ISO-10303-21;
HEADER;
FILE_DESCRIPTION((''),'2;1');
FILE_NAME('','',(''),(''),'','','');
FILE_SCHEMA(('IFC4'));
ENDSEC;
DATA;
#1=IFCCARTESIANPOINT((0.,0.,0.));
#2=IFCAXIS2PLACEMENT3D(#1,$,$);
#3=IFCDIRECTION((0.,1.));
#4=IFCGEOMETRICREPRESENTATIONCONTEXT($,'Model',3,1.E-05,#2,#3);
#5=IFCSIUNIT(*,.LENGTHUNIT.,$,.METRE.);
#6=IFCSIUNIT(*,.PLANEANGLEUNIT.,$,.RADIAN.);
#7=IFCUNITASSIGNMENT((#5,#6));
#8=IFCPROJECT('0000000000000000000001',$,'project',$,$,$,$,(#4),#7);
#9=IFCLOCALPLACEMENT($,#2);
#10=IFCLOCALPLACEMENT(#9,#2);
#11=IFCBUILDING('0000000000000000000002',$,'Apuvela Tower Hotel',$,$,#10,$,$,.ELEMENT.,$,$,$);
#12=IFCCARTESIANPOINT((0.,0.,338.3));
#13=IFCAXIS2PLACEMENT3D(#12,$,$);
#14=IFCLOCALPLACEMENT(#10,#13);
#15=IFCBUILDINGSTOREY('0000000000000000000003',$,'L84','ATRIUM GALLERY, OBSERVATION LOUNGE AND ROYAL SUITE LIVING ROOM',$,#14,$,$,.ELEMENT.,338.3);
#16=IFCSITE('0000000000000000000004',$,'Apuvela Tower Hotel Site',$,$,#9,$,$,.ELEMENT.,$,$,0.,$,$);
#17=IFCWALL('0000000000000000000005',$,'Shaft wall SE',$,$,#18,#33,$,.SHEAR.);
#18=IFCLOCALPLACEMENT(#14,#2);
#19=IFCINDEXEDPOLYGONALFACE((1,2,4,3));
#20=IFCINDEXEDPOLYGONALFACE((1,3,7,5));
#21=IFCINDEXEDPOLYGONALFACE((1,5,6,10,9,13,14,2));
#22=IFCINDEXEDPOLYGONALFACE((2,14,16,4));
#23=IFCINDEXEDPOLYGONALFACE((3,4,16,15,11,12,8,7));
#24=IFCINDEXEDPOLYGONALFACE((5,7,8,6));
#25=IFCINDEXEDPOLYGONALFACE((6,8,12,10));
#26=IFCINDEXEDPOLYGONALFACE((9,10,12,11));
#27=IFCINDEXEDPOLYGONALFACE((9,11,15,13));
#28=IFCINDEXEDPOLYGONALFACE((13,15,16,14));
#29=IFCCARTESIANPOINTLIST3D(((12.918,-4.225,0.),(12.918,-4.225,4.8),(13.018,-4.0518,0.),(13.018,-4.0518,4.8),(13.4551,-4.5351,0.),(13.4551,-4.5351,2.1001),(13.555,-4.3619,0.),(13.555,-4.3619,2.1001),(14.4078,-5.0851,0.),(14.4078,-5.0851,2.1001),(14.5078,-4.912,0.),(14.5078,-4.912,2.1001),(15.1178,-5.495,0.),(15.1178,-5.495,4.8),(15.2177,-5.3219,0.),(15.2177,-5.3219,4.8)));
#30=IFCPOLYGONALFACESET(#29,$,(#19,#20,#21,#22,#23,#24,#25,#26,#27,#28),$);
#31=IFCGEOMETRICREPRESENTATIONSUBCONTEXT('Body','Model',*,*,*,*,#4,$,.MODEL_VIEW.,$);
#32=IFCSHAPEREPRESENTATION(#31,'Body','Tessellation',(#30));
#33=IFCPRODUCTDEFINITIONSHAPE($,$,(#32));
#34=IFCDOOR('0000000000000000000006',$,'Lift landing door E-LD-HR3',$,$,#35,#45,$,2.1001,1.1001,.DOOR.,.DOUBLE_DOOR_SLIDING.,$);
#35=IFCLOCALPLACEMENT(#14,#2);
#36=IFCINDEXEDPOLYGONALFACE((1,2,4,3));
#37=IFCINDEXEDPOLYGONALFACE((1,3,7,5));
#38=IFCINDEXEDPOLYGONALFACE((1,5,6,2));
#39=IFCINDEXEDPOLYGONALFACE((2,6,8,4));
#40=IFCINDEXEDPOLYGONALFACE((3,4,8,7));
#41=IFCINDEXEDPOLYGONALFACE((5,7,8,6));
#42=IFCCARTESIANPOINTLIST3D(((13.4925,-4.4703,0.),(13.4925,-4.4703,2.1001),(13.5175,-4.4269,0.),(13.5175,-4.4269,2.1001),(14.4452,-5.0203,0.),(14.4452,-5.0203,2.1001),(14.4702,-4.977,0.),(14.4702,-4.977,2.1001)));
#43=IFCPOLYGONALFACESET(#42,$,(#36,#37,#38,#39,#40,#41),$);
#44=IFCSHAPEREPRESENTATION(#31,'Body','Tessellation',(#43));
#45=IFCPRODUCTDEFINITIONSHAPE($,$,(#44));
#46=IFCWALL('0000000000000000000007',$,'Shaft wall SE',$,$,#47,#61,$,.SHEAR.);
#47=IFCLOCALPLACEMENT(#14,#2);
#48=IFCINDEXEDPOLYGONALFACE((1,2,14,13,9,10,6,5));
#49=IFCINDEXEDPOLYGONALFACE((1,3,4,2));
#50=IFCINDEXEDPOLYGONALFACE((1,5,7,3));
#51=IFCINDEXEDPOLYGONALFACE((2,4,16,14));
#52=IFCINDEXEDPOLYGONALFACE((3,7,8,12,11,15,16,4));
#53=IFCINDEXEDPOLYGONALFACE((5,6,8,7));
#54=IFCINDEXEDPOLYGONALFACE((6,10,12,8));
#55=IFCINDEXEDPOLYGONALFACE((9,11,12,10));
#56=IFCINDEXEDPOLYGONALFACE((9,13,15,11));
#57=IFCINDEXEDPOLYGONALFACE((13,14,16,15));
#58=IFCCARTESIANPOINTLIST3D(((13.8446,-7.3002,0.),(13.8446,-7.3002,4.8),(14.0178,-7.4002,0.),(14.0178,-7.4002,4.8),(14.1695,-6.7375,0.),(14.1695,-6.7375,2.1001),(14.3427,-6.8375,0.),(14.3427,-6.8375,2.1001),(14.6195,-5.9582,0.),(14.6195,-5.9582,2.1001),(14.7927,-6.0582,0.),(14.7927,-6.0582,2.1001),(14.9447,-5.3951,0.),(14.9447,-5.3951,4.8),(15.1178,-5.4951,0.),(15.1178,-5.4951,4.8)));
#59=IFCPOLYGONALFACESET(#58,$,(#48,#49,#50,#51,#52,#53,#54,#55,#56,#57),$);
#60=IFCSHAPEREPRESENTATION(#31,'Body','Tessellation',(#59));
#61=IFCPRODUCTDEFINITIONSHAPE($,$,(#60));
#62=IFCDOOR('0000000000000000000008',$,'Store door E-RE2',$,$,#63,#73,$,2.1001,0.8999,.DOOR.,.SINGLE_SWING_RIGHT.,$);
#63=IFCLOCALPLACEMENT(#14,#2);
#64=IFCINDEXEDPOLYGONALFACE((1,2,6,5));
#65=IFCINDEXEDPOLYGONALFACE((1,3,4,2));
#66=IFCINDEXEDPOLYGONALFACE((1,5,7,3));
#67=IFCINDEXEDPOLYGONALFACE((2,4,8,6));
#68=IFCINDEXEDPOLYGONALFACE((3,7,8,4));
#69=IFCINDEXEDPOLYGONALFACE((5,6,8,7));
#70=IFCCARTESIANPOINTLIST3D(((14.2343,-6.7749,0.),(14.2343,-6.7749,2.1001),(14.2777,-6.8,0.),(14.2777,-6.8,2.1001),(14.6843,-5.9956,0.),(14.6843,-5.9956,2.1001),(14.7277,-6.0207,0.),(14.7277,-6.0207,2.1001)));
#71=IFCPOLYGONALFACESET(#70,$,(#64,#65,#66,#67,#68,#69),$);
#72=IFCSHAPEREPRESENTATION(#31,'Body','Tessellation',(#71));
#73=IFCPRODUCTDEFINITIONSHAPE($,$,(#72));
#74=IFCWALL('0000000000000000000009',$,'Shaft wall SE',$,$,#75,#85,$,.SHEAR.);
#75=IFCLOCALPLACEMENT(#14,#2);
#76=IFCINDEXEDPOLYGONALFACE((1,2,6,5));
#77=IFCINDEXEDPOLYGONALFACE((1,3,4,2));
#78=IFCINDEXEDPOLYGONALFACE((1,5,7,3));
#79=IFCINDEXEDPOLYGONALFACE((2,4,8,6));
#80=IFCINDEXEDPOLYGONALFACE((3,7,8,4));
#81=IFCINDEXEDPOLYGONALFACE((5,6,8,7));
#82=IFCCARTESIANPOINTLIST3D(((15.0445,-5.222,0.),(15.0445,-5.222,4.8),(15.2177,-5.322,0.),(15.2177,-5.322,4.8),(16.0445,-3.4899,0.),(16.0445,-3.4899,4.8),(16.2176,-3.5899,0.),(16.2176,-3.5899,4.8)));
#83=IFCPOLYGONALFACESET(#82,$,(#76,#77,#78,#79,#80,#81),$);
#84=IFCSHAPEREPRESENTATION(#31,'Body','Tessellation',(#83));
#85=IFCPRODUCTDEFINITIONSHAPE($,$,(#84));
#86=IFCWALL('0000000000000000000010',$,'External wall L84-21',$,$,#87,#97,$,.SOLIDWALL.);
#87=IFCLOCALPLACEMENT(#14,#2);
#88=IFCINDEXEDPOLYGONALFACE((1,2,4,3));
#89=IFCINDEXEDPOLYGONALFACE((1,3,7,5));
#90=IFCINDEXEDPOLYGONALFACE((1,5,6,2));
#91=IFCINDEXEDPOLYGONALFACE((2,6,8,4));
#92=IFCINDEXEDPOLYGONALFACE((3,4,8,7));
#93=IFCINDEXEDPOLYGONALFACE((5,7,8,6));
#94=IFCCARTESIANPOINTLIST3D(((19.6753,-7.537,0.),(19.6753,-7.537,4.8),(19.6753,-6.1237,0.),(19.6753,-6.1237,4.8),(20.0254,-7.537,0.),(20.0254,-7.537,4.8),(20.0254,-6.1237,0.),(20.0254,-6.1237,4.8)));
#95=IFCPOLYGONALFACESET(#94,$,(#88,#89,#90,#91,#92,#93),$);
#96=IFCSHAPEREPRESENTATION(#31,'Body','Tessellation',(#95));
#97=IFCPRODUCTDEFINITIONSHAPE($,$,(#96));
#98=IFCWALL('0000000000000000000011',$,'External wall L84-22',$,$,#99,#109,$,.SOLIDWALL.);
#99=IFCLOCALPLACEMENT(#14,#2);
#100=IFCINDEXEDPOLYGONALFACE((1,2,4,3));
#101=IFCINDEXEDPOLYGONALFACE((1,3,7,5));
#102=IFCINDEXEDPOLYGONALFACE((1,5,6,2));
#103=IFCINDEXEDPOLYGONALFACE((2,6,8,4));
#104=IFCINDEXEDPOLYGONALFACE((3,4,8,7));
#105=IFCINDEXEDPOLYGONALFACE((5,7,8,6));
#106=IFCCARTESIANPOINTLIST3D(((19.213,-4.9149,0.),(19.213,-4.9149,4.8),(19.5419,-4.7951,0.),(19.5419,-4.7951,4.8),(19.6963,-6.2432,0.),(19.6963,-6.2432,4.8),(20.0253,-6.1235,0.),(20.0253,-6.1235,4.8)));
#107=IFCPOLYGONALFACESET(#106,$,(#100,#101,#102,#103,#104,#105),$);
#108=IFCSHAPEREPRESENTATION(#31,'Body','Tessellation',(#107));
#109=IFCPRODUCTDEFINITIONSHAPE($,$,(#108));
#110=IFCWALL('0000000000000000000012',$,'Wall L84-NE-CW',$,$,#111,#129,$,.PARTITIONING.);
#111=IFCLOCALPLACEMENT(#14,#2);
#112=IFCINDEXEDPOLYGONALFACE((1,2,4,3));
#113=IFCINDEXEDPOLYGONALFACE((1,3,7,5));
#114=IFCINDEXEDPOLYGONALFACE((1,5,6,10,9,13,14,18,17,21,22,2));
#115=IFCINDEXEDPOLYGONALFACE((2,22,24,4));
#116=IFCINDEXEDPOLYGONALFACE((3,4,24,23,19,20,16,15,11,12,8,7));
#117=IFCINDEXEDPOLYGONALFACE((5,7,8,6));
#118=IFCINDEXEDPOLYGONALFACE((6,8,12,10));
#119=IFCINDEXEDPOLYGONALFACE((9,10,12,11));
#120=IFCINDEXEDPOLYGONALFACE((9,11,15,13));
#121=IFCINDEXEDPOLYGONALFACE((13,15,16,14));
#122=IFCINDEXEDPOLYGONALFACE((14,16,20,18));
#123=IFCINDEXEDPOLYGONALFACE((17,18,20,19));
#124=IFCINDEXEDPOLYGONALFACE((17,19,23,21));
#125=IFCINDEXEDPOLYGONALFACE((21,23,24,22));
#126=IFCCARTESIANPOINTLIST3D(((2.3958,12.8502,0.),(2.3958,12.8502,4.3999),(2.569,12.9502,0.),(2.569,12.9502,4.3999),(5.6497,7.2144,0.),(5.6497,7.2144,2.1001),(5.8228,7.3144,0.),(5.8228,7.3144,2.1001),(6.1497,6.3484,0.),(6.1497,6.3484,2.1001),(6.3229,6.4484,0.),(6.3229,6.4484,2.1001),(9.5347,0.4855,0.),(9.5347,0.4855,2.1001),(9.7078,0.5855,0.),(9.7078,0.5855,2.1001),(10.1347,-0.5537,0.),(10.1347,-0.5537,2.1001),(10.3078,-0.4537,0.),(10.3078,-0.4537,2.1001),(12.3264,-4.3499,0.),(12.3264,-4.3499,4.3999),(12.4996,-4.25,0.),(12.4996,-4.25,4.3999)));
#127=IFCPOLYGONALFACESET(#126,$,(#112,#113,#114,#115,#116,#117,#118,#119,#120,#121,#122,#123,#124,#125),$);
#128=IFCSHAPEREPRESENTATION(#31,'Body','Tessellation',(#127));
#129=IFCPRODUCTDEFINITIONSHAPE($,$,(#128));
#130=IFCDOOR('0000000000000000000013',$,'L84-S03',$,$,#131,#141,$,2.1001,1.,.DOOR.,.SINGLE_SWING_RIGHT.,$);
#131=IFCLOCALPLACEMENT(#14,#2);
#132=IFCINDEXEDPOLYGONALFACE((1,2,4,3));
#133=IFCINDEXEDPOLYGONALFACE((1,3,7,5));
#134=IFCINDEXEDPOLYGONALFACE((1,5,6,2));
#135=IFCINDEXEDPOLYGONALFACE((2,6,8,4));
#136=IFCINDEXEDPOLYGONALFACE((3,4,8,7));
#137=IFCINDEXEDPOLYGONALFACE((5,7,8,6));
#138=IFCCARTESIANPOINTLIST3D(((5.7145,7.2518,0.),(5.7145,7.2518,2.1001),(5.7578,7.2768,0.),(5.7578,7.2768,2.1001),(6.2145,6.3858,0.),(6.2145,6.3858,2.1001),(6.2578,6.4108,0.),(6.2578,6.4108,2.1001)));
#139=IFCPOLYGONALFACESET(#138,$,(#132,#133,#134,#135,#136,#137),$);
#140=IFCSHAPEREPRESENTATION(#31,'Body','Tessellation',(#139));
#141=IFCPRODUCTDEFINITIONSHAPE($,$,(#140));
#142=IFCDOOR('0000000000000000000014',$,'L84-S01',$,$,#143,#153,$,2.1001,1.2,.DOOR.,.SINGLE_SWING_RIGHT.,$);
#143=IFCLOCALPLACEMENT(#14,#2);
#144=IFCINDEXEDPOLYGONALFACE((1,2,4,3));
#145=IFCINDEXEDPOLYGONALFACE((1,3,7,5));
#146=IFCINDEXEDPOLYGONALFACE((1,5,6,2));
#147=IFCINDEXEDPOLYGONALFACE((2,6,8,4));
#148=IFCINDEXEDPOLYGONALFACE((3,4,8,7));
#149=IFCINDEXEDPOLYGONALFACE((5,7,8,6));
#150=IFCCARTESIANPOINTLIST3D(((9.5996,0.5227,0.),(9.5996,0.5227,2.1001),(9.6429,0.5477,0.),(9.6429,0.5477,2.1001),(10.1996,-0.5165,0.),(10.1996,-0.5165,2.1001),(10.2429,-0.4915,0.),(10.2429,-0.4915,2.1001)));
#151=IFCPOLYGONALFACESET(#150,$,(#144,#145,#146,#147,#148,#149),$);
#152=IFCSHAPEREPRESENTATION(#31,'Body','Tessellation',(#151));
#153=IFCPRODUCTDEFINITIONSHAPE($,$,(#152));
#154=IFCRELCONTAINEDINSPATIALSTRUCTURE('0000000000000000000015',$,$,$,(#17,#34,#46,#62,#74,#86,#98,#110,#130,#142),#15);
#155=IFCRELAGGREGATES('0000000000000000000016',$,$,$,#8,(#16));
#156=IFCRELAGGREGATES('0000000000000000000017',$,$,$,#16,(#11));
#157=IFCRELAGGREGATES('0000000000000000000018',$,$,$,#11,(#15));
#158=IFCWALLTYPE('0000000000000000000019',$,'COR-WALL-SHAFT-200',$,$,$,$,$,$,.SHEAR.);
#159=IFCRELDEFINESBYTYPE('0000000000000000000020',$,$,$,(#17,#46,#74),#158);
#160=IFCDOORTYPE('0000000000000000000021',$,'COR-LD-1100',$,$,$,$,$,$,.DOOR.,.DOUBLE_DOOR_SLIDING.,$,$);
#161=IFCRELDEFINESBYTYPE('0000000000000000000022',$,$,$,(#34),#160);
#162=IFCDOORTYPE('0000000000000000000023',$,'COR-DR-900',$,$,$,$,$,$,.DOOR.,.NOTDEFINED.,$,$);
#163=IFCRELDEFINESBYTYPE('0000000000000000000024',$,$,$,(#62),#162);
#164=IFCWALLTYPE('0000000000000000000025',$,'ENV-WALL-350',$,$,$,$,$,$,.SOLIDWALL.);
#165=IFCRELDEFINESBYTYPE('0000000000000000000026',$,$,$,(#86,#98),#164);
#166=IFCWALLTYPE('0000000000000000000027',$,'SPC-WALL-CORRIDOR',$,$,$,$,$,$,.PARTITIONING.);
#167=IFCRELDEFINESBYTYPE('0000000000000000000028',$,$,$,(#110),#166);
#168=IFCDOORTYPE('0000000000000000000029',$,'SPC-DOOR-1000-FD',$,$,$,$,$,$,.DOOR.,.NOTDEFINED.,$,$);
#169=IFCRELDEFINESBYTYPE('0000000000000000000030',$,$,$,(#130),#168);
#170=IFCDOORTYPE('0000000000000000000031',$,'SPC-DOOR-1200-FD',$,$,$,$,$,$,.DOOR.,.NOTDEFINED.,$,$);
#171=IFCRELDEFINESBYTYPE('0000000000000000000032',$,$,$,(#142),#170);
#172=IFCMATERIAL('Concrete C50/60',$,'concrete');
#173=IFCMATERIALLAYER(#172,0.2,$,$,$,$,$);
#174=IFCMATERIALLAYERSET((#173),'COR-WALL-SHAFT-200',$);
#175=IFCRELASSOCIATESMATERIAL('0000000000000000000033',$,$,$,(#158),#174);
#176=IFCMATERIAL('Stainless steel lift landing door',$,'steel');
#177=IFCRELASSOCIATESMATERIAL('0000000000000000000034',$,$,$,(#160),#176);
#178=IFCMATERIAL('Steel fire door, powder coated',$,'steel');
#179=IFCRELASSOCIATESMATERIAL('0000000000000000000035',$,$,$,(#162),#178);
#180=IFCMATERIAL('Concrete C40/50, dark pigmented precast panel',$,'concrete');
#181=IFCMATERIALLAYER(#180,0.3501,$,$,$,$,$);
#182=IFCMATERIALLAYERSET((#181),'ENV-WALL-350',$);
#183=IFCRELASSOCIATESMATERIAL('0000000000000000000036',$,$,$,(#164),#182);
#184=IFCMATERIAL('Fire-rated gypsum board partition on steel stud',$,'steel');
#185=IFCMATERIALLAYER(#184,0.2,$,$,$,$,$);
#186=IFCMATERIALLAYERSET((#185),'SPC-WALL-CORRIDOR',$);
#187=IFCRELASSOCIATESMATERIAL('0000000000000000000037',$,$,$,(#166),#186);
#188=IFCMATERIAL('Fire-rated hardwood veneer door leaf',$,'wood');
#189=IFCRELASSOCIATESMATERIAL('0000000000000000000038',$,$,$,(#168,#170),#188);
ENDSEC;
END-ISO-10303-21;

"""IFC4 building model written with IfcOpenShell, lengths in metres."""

from ifc_helpers import new_model, si_unit, direction, frame, frame_2d, origin, place, context, subcontext, project, spatial, rectangle, extrude, material, layer, layer_set, type_object, element, fill, save


model = new_model("IFC4")

# Units and contexts
model_context = context("Model", 3, precision=1e-05, world=origin(), true_north=direction((0.0, 1.0)))
body_context = subcontext(model_context, "Body", "Model", "MODEL_VIEW")
ifc_project = project(units=[si_unit("LENGTHUNIT", "METRE"), si_unit("PLANEANGLEUNIT", "RADIAN")], contexts=[model_context])

# Site, building, storey
site_placement = place(None, origin())
site = spatial("IfcSite", under=ifc_project, at=site_placement, Name="Apuvela Tower Hotel Site", CompositionType="ELEMENT", RefElevation=0.0)
building_placement = place(site_placement, origin())
building = spatial("IfcBuilding", under=site, at=building_placement, Name="Apuvela Tower Hotel", CompositionType="ELEMENT")
storey_placement = place(building_placement, frame((0.0, 0.0, 338.3)))
storey = spatial("IfcBuildingStorey", under=building, at=storey_placement, Name="L84", Description="ATRIUM GALLERY, OBSERVATION LOUNGE AND ROYAL SUITE LIVING ROOM", CompositionType="ELEMENT", Elevation=338.3)

# Shared definitions
ifc_material_1 = material(Name="Concrete C50/60", Category="concrete")
ifc_layer_1 = layer(ifc_material_1, 0.2)
ifc_layer_set_1 = layer_set([ifc_layer_1], Name="COR-WALL-SHAFT-200")
wall_type_1 = type_object("IfcWallType", Name="COR-WALL-SHAFT-200", PredefinedType="SHEAR", material=ifc_layer_set_1)

# Walls, openings, doors
wall_1_placement = place(storey_placement, frame((12.968, -4.1384, 0.0), z_axis=(0.0, 0.0, 1.0), x_axis=(0.866022, -0.500005, 0.0)))
wall_1 = element("IfcWall", 1, at=wall_1_placement, inside=storey, type_object=wall_type_1, Name="Shaft wall SE", PredefinedType="SHEAR", context=body_context, shape_type="SweptSolid", body=[
    extrude(rectangle(XDim=2.54, YDim=0.2, at=frame_2d((1.27, 0.0))), origin(), (0.0, 0.0, 1.0), 4.8),
])
opening_1_placement = place(wall_1_placement, frame((0.6201, 0.0, 0.0)))
opening_1 = element("IfcOpeningElement", 2, at=opening_1_placement, cuts=wall_1, PredefinedType="OPENING", context=body_context, shape_type="SweptSolid", body=[
    extrude(rectangle(XDim=1.1001, YDim=2.1001, at=frame_2d((0.55, 1.05))), frame((0.0, 0.1099, 0.0), z_axis=(0.0, -1.0, 0.0), x_axis=(1.0, 0.0, 0.0)), (0.0, 0.0, 1.0), 0.22),
])
ifc_material_2 = material(Name="Stainless steel lift landing door", Category="steel")
door_type_1 = type_object("IfcDoorType", Name="COR-LD-1100", OperationType="DOUBLE_DOOR_SLIDING", PredefinedType="DOOR", material=ifc_material_2)
door_1_placement = place(opening_1_placement, origin())
door_1 = element("IfcDoor", 3, at=door_1_placement, inside=storey, type_object=door_type_1, Name="Lift landing door E-LD-HR3", OperationType="DOUBLE_DOOR_SLIDING", OverallHeight=2.1001, OverallWidth=1.1001, PredefinedType="DOOR", context=body_context, shape_type="SweptSolid", body=[
    extrude(rectangle(XDim=1.1001, YDim=2.1001, at=frame_2d((0.55, 1.05))), frame((0.0, 0.0249, 0.0), z_axis=(0.0, -1.0, 0.0), x_axis=(1.0, 0.0, 0.0)), (0.0, 0.0, 1.0), 0.05),
])
fill(opening_1, door_1)
wall_2_placement = place(storey_placement, frame((13.9312, -7.3503, 0.0), z_axis=(0.0, 0.0, 1.0), x_axis=(0.50003, 0.866008, 0.0)))
wall_2 = element("IfcWall", 4, at=wall_2_placement, inside=storey, type_object=wall_type_1, Name="Shaft wall SE", PredefinedType="SHEAR", context=body_context, shape_type="SweptSolid", body=[
    extrude(rectangle(XDim=2.2, YDim=0.2, at=frame_2d((1.1001, 0.0))), origin(), (0.0, 0.0, 1.0), 4.8),
])
opening_2_placement = place(wall_2_placement, frame((0.6499, 0.0, 0.0)))
opening_2 = element("IfcOpeningElement", 5, at=opening_2_placement, cuts=wall_2, PredefinedType="OPENING", context=body_context, shape_type="SweptSolid", body=[
    extrude(rectangle(XDim=0.8999, YDim=2.1001, at=frame_2d((0.45, 1.05))), frame((0.0, 0.1099, 0.0), z_axis=(0.0, -1.0, 0.0), x_axis=(1.0, 0.0, 0.0)), (0.0, 0.0, 1.0), 0.22),
])
ifc_material_3 = material(Name="Steel fire door, powder coated", Category="steel")
door_type_2 = type_object("IfcDoorType", Name="COR-DR-900", OperationType="NOTDEFINED", PredefinedType="DOOR", material=ifc_material_3)
door_2_placement = place(opening_2_placement, frame((0.8999, 0.0, 0.0), z_axis=(0.0, 0.0, 1.0), x_axis=(-1.0, 0.0, 0.0)))
door_2 = element("IfcDoor", 6, at=door_2_placement, inside=storey, type_object=door_type_2, Name="Store door E-RE2", OperationType="SINGLE_SWING_RIGHT", OverallHeight=2.1001, OverallWidth=0.8999, PredefinedType="DOOR", context=body_context, shape_type="SweptSolid", body=[
    extrude(rectangle(XDim=0.8999, YDim=2.1001, at=frame_2d((0.45, 1.05))), frame((0.0, 0.0249, 0.0), z_axis=(0.0, -1.0, 0.0), x_axis=(1.0, 0.0, 0.0)), (0.0, 0.0, 1.0), 0.05),
])
fill(opening_2, door_2)

# Walls
wall_3_placement = place(storey_placement, frame((15.1311, -5.272, 0.0), z_axis=(0.0, 0.0, 1.0), x_axis=(0.499973, 0.866041, 0.0)))
element("IfcWall", 7, at=wall_3_placement, inside=storey, type_object=wall_type_1, Name="Shaft wall SE", PredefinedType="SHEAR", context=body_context, shape_type="SweptSolid", body=[
    extrude(rectangle(XDim=2.0, YDim=0.2, at=frame_2d((1.0, 0.0))), origin(), (0.0, 0.0, 1.0), 4.8),
])
ifc_material_4 = material(Name="Concrete C40/50, dark pigmented precast panel", Category="concrete")
ifc_layer_2 = layer(ifc_material_4, 0.3501)
ifc_layer_set_2 = layer_set([ifc_layer_2], Name="ENV-WALL-350")
wall_type_2 = type_object("IfcWallType", Name="ENV-WALL-350", PredefinedType="SOLIDWALL", material=ifc_layer_set_2)
wall_4_placement = place(storey_placement, frame((19.8503, -7.5369, 0.0), z_axis=(0.0, 0.0, 1.0), x_axis=(0.0, 1.0, 0.0)))
element("IfcWall", 8, at=wall_4_placement, inside=storey, type_object=wall_type_2, Name="External wall L84-21", PredefinedType="SOLIDWALL", context=body_context, shape_type="SweptSolid", body=[
    extrude(rectangle(XDim=1.4133, YDim=0.3501, at=frame_2d((0.7065, 0.0))), origin(), (0.0, 0.0, 1.0), 4.8),
])
wall_5_placement = place(storey_placement, frame((19.8608, -6.1833, 0.0), z_axis=(0.0, 0.0, 1.0), x_axis=(-0.341965, 0.939713, 0.0)))
element("IfcWall", 9, at=wall_5_placement, inside=storey, type_object=wall_type_2, Name="External wall L84-22", PredefinedType="SOLIDWALL", context=body_context, shape_type="SweptSolid", body=[
    extrude(rectangle(XDim=1.4136, YDim=0.3501, at=frame_2d((0.7068, 0.0))), origin(), (0.0, 0.0, 1.0), 4.8),
])

# Wall, openings, doors
ifc_material_5 = material(Name="Fire-rated gypsum board partition on steel stud", Category="steel")
ifc_layer_3 = layer(ifc_material_5, 0.2)
ifc_layer_set_3 = layer_set([ifc_layer_3], Name="SPC-WALL-CORRIDOR")
wall_type_3 = type_object("IfcWallType", Name="SPC-WALL-CORRIDOR", PredefinedType="PARTITIONING", material=ifc_layer_set_3)
wall_6_placement = place(storey_placement, frame((12.4131, -4.3, 0.0), z_axis=(0.0, 0.0, 1.0), x_axis=(-0.500005, 0.866023, 0.0)))
wall_6 = element("IfcWall", 10, at=wall_6_placement, inside=storey, type_object=wall_type_3, Name="Wall L84-NE-CW", PredefinedType="PARTITIONING", context=body_context, shape_type="SweptSolid", body=[
    extrude(rectangle(XDim=19.8611, YDim=0.2, at=frame_2d((9.9307, 0.0))), origin(), (0.0, 0.0, 1.0), 4.3999),
])
opening_3_placement = place(wall_6_placement, frame((4.3835, 0.0, 0.0)))
opening_3 = element("IfcOpeningElement", 11, at=opening_3_placement, cuts=wall_6, PredefinedType="OPENING", context=body_context, shape_type="SweptSolid", body=[
    extrude(rectangle(XDim=1.2, YDim=2.1001, at=frame_2d((0.6001, 1.05))), frame((0.0, 0.1099, 0.0), z_axis=(0.0, -1.0, 0.0), x_axis=(1.0, 0.0, 0.0)), (0.0, 0.0, 1.0), 0.22),
])
opening_4_placement = place(wall_6_placement, frame((12.3535, 0.0, 0.0)))
opening_4 = element("IfcOpeningElement", 12, at=opening_4_placement, cuts=wall_6, PredefinedType="OPENING", context=body_context, shape_type="SweptSolid", body=[
    extrude(rectangle(XDim=1.0, YDim=2.1001, at=frame_2d((0.5, 1.05))), frame((0.0, 0.1099, 0.0), z_axis=(0.0, -1.0, 0.0), x_axis=(1.0, 0.0, 0.0)), (0.0, 0.0, 1.0), 0.22),
])
ifc_material_6 = material(Name="Fire-rated hardwood veneer door leaf", Category="wood")
door_type_3 = type_object("IfcDoorType", Name="SPC-DOOR-1000-FD", OperationType="NOTDEFINED", PredefinedType="DOOR", material=ifc_material_6)
door_3_placement = place(opening_4_placement, frame((1.0, 0.0, 0.0), z_axis=(0.0, 0.0, 1.0), x_axis=(-1.0, 0.0, 0.0)))
door_3 = element("IfcDoor", 13, at=door_3_placement, inside=storey, type_object=door_type_3, Name="L84-S03", OperationType="SINGLE_SWING_RIGHT", OverallHeight=2.1001, OverallWidth=1.0, PredefinedType="DOOR", context=body_context, shape_type="SweptSolid", body=[
    extrude(rectangle(XDim=1.0, YDim=2.1001, at=frame_2d((0.5, 1.05))), frame((0.0, 0.0249, 0.0), z_axis=(0.0, -1.0, 0.0), x_axis=(1.0, 0.0, 0.0)), (0.0, 0.0, 1.0), 0.05),
])
fill(opening_4, door_3)
door_type_4 = type_object("IfcDoorType", Name="SPC-DOOR-1200-FD", OperationType="NOTDEFINED", PredefinedType="DOOR", material=ifc_material_6)
door_4_placement = place(opening_3_placement, frame((1.2, 0.0, 0.0), z_axis=(0.0, 0.0, 1.0), x_axis=(-1.0, 0.0, 0.0)))
door_4 = element("IfcDoor", 14, at=door_4_placement, inside=storey, type_object=door_type_4, Name="L84-S01", OperationType="SINGLE_SWING_RIGHT", OverallHeight=2.1001, OverallWidth=1.2, PredefinedType="DOOR", context=body_context, shape_type="SweptSolid", body=[
    extrude(rectangle(XDim=1.2, YDim=2.1001, at=frame_2d((0.6001, 1.05))), frame((0.0, 0.0249, 0.0), z_axis=(0.0, -1.0, 0.0), x_axis=(1.0, 0.0, 0.0)), (0.0, 0.0, 1.0), 0.05),
])
fill(opening_3, door_4)

save(model, "model.ifc")
